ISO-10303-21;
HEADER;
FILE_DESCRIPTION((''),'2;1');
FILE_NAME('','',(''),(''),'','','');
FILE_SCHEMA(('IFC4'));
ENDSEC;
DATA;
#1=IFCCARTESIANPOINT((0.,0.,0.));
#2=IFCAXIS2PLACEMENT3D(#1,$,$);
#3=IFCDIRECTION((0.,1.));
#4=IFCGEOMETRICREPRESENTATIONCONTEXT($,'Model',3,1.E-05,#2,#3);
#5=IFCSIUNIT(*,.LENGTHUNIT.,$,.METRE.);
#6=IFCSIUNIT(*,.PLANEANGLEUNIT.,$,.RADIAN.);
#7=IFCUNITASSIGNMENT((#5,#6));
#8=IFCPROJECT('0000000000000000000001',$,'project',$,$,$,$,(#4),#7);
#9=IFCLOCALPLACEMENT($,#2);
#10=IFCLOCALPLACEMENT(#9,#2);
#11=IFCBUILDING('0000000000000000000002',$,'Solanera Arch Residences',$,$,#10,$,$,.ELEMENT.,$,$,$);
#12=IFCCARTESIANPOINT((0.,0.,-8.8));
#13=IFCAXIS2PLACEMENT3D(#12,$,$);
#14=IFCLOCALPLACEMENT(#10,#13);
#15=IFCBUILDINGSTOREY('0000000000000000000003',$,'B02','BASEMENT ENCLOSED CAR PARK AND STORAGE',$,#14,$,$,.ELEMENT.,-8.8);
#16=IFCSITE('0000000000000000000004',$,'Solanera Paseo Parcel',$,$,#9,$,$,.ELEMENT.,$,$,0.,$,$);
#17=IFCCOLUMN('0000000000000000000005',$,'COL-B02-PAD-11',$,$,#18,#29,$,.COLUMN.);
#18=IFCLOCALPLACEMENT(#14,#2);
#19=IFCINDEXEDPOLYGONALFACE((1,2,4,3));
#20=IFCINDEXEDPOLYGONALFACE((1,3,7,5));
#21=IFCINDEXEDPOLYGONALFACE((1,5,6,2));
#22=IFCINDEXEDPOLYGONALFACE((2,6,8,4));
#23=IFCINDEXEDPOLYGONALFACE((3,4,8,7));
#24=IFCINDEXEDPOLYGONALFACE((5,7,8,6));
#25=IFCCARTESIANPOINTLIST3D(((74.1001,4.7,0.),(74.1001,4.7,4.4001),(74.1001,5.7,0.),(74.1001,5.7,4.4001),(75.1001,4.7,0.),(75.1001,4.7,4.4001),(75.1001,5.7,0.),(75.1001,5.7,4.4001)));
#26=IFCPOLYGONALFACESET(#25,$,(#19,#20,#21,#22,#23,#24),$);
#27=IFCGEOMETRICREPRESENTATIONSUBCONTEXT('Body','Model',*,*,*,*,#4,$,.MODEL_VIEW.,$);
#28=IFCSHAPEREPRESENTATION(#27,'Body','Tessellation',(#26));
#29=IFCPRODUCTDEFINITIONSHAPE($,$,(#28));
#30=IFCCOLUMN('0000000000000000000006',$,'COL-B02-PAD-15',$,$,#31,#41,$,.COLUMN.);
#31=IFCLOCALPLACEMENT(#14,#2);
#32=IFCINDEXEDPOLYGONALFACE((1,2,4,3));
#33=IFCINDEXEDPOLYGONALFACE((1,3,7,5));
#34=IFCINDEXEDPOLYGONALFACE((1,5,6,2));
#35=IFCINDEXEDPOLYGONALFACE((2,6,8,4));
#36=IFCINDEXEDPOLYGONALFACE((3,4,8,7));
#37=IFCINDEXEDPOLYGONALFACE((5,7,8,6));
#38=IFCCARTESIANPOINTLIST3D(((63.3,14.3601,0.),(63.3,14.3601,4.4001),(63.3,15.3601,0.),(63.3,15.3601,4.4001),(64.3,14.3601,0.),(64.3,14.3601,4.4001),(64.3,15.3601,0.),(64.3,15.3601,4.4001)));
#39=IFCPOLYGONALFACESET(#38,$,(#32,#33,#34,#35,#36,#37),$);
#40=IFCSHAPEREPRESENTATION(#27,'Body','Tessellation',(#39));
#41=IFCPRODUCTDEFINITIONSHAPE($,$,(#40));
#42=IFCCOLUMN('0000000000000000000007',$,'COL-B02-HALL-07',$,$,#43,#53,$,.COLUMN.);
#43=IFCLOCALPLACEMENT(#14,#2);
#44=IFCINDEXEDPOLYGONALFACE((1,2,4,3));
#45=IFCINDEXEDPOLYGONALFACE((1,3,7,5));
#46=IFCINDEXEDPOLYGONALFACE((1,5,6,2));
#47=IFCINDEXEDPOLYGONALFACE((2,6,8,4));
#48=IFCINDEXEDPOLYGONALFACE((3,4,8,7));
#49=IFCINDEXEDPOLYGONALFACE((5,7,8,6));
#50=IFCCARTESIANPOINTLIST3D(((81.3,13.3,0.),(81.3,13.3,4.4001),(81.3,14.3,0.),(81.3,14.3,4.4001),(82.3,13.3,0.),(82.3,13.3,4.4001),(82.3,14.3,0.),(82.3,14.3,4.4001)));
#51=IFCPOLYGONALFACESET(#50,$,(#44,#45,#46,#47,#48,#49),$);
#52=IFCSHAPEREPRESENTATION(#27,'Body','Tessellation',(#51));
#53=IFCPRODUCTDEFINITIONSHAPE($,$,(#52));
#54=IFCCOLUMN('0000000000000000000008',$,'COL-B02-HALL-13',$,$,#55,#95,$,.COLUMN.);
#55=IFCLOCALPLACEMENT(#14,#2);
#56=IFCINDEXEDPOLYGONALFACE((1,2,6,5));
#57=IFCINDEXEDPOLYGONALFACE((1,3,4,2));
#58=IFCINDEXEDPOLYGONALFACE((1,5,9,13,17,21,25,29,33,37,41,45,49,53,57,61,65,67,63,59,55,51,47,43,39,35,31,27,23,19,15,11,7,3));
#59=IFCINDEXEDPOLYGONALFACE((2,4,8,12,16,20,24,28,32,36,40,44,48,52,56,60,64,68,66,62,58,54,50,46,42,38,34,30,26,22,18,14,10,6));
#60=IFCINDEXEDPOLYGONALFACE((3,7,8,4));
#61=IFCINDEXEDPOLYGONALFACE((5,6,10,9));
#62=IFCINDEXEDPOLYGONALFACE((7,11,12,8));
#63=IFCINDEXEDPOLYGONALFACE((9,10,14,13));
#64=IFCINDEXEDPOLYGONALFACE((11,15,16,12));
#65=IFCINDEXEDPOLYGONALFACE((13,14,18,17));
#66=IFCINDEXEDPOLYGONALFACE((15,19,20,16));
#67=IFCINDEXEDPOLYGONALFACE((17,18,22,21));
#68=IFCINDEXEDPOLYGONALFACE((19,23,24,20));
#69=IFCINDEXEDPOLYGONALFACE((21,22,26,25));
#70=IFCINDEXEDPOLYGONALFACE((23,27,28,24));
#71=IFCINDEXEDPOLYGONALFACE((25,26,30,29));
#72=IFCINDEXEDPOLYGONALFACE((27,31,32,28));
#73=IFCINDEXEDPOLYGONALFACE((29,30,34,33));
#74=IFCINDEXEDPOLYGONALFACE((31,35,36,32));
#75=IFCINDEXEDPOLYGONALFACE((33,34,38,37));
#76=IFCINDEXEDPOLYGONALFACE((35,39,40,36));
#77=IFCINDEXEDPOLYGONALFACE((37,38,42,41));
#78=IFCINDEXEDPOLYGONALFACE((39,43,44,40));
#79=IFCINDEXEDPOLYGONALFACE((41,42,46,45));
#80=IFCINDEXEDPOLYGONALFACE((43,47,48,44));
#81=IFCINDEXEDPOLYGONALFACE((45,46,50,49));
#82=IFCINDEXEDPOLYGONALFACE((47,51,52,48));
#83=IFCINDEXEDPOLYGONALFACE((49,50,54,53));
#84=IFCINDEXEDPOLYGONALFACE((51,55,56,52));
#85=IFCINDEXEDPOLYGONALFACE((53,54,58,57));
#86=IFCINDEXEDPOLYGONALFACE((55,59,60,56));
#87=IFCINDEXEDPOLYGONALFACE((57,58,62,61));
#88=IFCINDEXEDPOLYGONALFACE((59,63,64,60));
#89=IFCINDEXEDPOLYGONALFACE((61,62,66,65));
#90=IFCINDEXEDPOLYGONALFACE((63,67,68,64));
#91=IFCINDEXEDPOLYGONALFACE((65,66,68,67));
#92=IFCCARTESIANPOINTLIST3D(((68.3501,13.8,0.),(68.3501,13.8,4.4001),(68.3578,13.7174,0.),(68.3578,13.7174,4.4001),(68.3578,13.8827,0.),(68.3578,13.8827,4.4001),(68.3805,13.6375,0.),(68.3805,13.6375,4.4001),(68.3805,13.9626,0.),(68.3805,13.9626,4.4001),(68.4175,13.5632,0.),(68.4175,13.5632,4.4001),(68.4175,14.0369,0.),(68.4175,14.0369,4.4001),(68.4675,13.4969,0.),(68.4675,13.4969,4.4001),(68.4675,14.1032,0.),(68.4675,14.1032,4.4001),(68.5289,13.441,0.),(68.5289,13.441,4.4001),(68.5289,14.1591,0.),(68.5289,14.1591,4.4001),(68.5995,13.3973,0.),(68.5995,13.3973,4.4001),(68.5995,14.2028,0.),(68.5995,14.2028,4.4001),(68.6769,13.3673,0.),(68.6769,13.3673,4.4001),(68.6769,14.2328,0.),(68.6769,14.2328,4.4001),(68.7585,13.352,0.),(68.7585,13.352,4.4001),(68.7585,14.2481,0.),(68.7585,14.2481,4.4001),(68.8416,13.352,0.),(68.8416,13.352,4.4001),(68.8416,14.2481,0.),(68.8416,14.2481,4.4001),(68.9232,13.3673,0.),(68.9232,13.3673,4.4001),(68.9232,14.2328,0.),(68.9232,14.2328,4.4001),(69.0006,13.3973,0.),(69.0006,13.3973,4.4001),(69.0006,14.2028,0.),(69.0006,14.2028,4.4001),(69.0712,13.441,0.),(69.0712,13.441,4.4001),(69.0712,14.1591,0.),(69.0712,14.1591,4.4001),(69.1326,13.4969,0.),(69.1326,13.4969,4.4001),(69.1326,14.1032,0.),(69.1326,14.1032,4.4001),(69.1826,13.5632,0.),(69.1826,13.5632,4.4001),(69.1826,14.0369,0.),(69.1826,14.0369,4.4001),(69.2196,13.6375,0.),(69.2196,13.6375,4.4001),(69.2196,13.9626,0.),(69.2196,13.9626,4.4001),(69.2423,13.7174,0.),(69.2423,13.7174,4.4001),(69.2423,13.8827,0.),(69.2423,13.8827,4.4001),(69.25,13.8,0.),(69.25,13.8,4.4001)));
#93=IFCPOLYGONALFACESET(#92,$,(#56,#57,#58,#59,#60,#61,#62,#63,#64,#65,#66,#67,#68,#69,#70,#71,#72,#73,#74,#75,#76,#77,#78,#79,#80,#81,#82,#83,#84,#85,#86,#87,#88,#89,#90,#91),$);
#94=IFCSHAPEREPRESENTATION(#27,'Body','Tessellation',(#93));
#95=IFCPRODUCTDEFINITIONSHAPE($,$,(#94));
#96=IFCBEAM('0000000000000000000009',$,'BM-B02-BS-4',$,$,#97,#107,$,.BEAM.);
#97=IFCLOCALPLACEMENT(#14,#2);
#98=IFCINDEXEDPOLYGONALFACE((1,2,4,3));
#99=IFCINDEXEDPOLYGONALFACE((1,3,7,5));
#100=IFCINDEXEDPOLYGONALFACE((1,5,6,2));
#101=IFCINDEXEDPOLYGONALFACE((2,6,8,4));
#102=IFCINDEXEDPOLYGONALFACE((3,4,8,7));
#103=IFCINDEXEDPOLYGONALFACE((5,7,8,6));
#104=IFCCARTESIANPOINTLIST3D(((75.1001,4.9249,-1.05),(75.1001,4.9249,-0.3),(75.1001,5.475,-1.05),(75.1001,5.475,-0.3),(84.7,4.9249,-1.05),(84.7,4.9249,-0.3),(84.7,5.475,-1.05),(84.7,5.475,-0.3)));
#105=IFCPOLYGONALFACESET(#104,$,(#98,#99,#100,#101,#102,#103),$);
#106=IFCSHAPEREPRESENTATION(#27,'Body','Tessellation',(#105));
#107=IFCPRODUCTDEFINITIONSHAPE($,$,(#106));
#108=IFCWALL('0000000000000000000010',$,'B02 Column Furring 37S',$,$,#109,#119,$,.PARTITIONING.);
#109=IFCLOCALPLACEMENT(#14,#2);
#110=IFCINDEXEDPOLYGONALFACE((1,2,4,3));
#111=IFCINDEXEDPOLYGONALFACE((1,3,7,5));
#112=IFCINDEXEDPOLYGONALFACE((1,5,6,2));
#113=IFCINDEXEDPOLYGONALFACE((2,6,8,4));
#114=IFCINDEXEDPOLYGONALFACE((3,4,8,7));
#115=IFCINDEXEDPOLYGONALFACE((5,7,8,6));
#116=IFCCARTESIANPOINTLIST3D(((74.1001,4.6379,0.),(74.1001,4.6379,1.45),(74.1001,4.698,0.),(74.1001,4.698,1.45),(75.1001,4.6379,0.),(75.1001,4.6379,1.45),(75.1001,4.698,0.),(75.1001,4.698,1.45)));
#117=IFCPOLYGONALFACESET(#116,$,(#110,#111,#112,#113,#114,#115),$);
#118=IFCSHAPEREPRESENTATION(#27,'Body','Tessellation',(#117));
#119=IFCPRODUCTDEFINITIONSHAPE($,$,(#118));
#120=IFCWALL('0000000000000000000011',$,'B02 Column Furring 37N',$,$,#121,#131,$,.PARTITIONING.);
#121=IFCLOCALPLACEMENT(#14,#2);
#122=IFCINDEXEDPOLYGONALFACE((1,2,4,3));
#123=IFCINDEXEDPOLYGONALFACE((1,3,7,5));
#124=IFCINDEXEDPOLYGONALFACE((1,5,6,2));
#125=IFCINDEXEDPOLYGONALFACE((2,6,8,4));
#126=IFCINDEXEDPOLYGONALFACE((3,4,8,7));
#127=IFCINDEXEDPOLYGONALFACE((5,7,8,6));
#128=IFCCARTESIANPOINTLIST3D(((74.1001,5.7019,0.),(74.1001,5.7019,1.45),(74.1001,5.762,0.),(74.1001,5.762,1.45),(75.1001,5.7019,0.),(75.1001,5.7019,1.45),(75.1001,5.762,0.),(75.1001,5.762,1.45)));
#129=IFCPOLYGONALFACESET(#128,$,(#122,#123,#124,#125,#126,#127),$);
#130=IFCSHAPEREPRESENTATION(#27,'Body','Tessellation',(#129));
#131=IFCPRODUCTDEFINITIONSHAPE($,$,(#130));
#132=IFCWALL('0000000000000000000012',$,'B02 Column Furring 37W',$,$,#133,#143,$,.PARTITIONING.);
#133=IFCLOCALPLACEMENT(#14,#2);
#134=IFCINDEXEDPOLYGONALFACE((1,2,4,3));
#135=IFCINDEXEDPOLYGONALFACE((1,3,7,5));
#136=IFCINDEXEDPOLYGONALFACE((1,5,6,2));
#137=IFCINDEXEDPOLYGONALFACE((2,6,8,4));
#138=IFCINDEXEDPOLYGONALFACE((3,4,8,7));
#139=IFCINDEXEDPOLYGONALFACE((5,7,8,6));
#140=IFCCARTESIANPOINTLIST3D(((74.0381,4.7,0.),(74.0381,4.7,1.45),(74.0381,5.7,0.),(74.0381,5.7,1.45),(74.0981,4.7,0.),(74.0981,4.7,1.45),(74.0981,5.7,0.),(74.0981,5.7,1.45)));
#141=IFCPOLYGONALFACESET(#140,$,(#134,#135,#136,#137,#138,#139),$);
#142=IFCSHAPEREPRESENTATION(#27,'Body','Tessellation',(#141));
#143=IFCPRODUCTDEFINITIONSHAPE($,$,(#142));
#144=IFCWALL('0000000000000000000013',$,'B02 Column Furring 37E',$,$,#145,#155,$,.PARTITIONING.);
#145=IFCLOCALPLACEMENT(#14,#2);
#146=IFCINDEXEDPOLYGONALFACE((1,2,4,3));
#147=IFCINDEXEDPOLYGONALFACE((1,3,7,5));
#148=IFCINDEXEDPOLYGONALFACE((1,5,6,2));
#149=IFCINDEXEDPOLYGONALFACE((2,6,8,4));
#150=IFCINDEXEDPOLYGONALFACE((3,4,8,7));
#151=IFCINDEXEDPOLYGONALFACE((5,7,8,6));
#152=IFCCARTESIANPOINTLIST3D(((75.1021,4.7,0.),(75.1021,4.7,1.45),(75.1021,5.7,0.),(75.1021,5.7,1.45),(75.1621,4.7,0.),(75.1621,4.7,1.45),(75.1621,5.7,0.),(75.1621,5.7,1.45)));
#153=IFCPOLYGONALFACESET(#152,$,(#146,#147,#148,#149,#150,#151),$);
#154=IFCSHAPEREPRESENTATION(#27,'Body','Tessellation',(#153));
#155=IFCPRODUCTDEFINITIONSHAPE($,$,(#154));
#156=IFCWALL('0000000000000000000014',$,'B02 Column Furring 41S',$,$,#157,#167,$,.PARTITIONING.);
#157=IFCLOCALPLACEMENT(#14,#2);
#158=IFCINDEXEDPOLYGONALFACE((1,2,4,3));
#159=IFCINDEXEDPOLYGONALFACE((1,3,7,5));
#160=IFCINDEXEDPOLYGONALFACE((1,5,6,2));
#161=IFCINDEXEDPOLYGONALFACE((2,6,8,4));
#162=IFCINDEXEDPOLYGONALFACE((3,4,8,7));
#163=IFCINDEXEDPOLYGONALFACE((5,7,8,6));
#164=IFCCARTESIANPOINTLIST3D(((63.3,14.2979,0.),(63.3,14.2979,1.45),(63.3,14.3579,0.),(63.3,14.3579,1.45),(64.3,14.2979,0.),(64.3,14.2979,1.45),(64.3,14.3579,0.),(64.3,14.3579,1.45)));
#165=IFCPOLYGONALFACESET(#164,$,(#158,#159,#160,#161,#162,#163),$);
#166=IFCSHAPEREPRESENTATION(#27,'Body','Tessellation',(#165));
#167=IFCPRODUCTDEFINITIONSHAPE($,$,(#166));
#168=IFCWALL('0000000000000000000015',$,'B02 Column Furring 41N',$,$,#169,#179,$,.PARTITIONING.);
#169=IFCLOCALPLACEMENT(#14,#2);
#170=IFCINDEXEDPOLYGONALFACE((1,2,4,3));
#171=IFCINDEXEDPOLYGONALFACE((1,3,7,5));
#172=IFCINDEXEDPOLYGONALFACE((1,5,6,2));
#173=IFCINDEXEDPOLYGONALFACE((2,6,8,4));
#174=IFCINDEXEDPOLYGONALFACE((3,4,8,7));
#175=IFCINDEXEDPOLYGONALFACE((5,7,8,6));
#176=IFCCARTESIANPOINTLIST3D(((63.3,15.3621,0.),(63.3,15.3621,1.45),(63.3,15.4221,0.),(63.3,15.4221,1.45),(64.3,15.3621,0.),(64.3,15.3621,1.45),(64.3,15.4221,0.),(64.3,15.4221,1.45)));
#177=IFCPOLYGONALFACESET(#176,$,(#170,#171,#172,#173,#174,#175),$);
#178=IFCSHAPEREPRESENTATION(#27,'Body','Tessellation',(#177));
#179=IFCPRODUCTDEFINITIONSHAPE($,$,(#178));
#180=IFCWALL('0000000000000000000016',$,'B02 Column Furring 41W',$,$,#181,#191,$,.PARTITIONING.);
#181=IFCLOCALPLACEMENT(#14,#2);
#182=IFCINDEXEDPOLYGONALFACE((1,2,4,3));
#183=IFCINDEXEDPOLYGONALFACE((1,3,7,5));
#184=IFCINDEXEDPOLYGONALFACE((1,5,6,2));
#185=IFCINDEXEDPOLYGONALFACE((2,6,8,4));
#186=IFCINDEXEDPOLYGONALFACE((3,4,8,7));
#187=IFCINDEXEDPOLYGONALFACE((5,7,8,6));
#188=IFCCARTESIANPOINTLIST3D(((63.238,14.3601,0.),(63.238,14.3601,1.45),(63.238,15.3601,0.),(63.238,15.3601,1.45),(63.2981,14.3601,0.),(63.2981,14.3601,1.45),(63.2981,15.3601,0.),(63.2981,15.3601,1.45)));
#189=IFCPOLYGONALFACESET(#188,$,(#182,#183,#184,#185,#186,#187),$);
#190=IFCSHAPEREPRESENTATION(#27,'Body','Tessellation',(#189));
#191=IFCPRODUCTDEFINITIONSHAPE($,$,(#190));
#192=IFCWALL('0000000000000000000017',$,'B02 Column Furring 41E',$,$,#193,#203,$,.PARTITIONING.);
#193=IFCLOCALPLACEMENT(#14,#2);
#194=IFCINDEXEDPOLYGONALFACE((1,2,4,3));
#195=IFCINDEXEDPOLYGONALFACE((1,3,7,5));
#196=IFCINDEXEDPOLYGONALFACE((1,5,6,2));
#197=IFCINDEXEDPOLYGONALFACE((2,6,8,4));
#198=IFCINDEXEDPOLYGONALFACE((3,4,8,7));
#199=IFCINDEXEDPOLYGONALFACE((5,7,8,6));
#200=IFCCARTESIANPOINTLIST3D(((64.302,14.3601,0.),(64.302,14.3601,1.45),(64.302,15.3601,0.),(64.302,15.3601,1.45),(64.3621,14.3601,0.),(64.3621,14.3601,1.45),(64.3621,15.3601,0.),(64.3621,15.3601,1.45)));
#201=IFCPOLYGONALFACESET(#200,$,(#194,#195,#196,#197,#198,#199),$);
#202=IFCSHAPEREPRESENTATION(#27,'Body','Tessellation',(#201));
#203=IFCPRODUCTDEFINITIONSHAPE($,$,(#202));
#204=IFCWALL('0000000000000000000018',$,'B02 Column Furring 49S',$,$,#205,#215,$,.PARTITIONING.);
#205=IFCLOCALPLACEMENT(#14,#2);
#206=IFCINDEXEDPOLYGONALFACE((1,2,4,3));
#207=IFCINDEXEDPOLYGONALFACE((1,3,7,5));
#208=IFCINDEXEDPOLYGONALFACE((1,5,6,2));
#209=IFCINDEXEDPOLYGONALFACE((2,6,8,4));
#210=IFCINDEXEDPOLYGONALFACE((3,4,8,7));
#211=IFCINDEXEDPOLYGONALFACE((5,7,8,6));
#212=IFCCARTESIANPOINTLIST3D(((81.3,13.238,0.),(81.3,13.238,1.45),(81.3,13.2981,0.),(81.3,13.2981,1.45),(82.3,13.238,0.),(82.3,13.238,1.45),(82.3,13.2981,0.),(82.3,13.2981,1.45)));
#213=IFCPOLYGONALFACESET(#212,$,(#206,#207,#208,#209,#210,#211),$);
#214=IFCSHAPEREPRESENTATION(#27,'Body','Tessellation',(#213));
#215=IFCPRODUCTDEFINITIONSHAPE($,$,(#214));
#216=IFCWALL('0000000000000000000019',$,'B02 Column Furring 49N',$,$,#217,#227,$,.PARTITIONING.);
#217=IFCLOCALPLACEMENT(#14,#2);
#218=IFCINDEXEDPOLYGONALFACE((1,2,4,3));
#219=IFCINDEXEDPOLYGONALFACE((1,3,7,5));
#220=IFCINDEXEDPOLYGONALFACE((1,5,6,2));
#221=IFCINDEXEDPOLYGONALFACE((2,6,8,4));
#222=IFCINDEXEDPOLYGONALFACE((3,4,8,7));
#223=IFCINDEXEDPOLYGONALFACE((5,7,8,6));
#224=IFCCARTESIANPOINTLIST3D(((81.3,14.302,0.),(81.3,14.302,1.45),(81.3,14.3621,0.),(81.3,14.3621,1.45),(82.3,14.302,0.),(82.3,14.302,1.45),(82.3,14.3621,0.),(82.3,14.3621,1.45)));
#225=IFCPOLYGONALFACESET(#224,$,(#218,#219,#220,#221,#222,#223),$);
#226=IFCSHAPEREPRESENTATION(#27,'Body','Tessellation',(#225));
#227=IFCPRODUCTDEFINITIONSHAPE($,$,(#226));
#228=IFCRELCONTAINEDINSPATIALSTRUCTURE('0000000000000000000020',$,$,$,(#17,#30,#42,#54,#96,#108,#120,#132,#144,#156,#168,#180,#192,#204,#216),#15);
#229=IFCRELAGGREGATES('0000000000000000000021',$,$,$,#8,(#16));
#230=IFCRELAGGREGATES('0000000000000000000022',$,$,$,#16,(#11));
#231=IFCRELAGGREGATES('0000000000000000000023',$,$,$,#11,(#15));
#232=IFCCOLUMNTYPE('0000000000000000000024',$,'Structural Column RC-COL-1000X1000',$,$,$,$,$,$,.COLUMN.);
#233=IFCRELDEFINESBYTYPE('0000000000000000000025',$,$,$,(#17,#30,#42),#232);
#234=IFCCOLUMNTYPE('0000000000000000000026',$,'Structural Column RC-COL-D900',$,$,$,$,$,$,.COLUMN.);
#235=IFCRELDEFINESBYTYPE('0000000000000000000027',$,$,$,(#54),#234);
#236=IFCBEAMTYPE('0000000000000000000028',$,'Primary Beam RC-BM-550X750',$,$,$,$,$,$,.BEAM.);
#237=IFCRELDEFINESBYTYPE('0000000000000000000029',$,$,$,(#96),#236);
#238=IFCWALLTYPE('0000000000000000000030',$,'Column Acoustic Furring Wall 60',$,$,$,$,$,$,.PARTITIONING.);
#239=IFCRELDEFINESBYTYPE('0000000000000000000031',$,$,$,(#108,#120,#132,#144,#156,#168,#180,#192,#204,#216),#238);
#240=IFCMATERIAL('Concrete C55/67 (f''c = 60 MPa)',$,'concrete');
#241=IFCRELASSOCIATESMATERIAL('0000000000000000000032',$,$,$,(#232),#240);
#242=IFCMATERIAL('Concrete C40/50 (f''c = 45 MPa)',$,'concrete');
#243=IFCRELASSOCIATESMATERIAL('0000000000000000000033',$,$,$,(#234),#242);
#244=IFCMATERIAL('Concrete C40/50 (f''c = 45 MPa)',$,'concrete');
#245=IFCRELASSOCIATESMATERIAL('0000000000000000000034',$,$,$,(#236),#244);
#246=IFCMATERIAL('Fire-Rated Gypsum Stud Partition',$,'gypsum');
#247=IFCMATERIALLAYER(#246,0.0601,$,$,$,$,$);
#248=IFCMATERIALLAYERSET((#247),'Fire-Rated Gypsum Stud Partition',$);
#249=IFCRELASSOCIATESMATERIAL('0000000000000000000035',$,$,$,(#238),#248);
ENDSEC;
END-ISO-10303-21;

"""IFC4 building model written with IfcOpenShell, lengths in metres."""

from ifc_helpers import new_model, si_unit, direction, frame, frame_2d, origin, origin_2d, place, context, subcontext, project, spatial, rectangle, circle, extrude, material, layer, layer_set, material_profile, profile_set, type_object, element, save


model = new_model("IFC4")

# Units and contexts
model_context = context("Model", 3, precision=1e-05, world=origin(), true_north=direction((0.0, 1.0)))
body_context = subcontext(model_context, "Body", "Model", "MODEL_VIEW")
ifc_project = project(units=[si_unit("LENGTHUNIT", "METRE"), si_unit("PLANEANGLEUNIT", "RADIAN")], contexts=[model_context])

# Site, building, storey
site_placement = place(None, origin())
site = spatial("IfcSite", under=ifc_project, at=site_placement, Name="Solanera Paseo Parcel", CompositionType="ELEMENT", RefElevation=0.0)
building_placement = place(site_placement, origin())
building = spatial("IfcBuilding", under=site, at=building_placement, Name="Solanera Arch Residences", CompositionType="ELEMENT")
storey_placement = place(building_placement, frame((0.0, 0.0, -8.8)))
storey = spatial("IfcBuildingStorey", under=building, at=storey_placement, Name="B02", Description="BASEMENT ENCLOSED CAR PARK AND STORAGE", CompositionType="ELEMENT", Elevation=-8.8)

# Columns
ifc_material_1 = material(Name="Concrete C55/67 (f'c = 60 MPa)", Category="concrete")
ifc_material_profile_1 = material_profile(ifc_material_1, rectangle(XDim=1.0, YDim=1.0, at=origin_2d()))
ifc_profile_set_1 = profile_set([ifc_material_profile_1], Name="Concrete C55/67 (f'c = 60 MPa)")
column_type_1 = type_object("IfcColumnType", Name="Structural Column RC-COL-1000X1000", PredefinedType="COLUMN", material=ifc_profile_set_1)
for number, where, z_axis, x_axis, name in (
    (1, (74.6001, 5.2, 0.0), (0.0, 0.0, 1.0), (1.0, 0.0, 0.0), "COL-B02-PAD-11"),
    (2, (63.8, 14.8601, 0.0), (0.0, 0.0, 1.0), (1.0, 0.0, 0.0), "COL-B02-PAD-15"),
    (3, (81.8, 13.8, 0.0), (0.0, 0.0, 1.0), (1.0, 0.0, 0.0), "COL-B02-HALL-07"),
):
    element("IfcColumn", number, at=place(storey_placement, frame(where, z_axis=z_axis, x_axis=x_axis)), inside=storey, type_object=column_type_1, Name=name, PredefinedType="COLUMN", context=body_context, shape_type="SweptSolid", body=[
        extrude(rectangle(XDim=1.0, YDim=1.0, at=origin_2d()), origin(), (0.0, 0.0, 1.0), 4.4001),
    ])
ifc_material_2 = material(Name="Concrete C40/50 (f'c = 45 MPa)", Category="concrete")
ifc_material_profile_2 = material_profile(ifc_material_2, circle(Radius=0.45, at=origin_2d()))
ifc_profile_set_2 = profile_set([ifc_material_profile_2], Name="Concrete C40/50 (f'c = 45 MPa)")
column_type_2 = type_object("IfcColumnType", Name="Structural Column RC-COL-D900", PredefinedType="COLUMN", material=ifc_profile_set_2)
column_placement = place(storey_placement, frame((68.8, 13.8, 0.0), z_axis=(0.0, 0.0, 1.0), x_axis=(1.0, 0.0, 0.0)))
element("IfcColumn", 4, at=column_placement, inside=storey, type_object=column_type_2, Name="COL-B02-HALL-13", PredefinedType="COLUMN", context=body_context, shape_type="SweptSolid", body=[
    extrude(circle(Radius=0.45, at=origin_2d()), origin(), (0.0, 0.0, 1.0), 4.4001),
])

# Beam
ifc_material_3 = material(Name="Concrete C40/50 (f'c = 45 MPa)", Category="concrete")
ifc_material_profile_3 = material_profile(ifc_material_3, rectangle(XDim=0.55, YDim=0.75, at=origin_2d()))
ifc_profile_set_3 = profile_set([ifc_material_profile_3], Name="Concrete C40/50 (f'c = 45 MPa)")
beam_type = type_object("IfcBeamType", Name="Primary Beam RC-BM-550X750", PredefinedType="BEAM", material=ifc_profile_set_3)
beam_placement = place(storey_placement, frame((75.1001, 5.2, -0.675), z_axis=(1.0, 0.0, 0.0), x_axis=(0.0, 1.0, 0.0)))
element("IfcBeam", 5, at=beam_placement, inside=storey, type_object=beam_type, Name="BM-B02-BS-4", PredefinedType="BEAM", context=body_context, shape_type="SweptSolid", body=[
    extrude(rectangle(XDim=0.55, YDim=0.75, at=origin_2d()), origin(), (0.0, 0.0, 1.0), 9.5999),
])

# Walls
ifc_material_4 = material(Name="Fire-Rated Gypsum Stud Partition", Category="gypsum")
ifc_layer_1 = layer(ifc_material_4, 0.0601)
ifc_layer_set_1 = layer_set([ifc_layer_1], Name="Fire-Rated Gypsum Stud Partition")
wall_type_1 = type_object("IfcWallType", Name="Column Acoustic Furring Wall 60", PredefinedType="PARTITIONING", material=ifc_layer_set_1)
for number, where, z_axis, x_axis, name in (
    (6, (74.1001, 4.668, 0.0), (0.0, 0.0, 1.0), (1.0, 0.0, 0.0), "B02 Column Furring 37S"),
    (7, (74.1001, 5.7319, 0.0), (0.0, 0.0, 1.0), (1.0, 0.0, 0.0), "B02 Column Furring 37N"),
    (8, (74.0681, 4.7, 0.0), (0.0, 0.0, 1.0), (0.0, 1.0, 0.0), "B02 Column Furring 37W"),
    (9, (75.1321, 4.7, 0.0), (0.0, 0.0, 1.0), (0.0, 1.0, 0.0), "B02 Column Furring 37E"),
    (10, (63.3, 14.3279, 0.0), (0.0, 0.0, 1.0), (1.0, 0.0, 0.0), "B02 Column Furring 41S"),
    (11, (63.3, 15.3921, 0.0), (0.0, 0.0, 1.0), (1.0, 0.0, 0.0), "B02 Column Furring 41N"),
    (12, (63.2681, 14.3601, 0.0), (0.0, 0.0, 1.0), (0.0, 1.0, 0.0), "B02 Column Furring 41W"),
    (13, (64.332, 14.3601, 0.0), (0.0, 0.0, 1.0), (0.0, 1.0, 0.0), "B02 Column Furring 41E"),
    (14, (81.3, 13.2681, 0.0), (0.0, 0.0, 1.0), (1.0, 0.0, 0.0), "B02 Column Furring 49S"),
    (15, (81.3, 14.332, 0.0), (0.0, 0.0, 1.0), (1.0, 0.0, 0.0), "B02 Column Furring 49N"),
):
    element("IfcWall", number, at=place(storey_placement, frame(where, z_axis=z_axis, x_axis=x_axis)), inside=storey, type_object=wall_type_1, Name=name, PredefinedType="PARTITIONING", context=body_context, shape_type="SweptSolid", body=[
        extrude(rectangle(XDim=1.0, YDim=0.0601, at=frame_2d((0.5, 0.0))), origin(), (0.0, 0.0, 1.0), 1.45),
    ])

save(model, "model.ifc")
